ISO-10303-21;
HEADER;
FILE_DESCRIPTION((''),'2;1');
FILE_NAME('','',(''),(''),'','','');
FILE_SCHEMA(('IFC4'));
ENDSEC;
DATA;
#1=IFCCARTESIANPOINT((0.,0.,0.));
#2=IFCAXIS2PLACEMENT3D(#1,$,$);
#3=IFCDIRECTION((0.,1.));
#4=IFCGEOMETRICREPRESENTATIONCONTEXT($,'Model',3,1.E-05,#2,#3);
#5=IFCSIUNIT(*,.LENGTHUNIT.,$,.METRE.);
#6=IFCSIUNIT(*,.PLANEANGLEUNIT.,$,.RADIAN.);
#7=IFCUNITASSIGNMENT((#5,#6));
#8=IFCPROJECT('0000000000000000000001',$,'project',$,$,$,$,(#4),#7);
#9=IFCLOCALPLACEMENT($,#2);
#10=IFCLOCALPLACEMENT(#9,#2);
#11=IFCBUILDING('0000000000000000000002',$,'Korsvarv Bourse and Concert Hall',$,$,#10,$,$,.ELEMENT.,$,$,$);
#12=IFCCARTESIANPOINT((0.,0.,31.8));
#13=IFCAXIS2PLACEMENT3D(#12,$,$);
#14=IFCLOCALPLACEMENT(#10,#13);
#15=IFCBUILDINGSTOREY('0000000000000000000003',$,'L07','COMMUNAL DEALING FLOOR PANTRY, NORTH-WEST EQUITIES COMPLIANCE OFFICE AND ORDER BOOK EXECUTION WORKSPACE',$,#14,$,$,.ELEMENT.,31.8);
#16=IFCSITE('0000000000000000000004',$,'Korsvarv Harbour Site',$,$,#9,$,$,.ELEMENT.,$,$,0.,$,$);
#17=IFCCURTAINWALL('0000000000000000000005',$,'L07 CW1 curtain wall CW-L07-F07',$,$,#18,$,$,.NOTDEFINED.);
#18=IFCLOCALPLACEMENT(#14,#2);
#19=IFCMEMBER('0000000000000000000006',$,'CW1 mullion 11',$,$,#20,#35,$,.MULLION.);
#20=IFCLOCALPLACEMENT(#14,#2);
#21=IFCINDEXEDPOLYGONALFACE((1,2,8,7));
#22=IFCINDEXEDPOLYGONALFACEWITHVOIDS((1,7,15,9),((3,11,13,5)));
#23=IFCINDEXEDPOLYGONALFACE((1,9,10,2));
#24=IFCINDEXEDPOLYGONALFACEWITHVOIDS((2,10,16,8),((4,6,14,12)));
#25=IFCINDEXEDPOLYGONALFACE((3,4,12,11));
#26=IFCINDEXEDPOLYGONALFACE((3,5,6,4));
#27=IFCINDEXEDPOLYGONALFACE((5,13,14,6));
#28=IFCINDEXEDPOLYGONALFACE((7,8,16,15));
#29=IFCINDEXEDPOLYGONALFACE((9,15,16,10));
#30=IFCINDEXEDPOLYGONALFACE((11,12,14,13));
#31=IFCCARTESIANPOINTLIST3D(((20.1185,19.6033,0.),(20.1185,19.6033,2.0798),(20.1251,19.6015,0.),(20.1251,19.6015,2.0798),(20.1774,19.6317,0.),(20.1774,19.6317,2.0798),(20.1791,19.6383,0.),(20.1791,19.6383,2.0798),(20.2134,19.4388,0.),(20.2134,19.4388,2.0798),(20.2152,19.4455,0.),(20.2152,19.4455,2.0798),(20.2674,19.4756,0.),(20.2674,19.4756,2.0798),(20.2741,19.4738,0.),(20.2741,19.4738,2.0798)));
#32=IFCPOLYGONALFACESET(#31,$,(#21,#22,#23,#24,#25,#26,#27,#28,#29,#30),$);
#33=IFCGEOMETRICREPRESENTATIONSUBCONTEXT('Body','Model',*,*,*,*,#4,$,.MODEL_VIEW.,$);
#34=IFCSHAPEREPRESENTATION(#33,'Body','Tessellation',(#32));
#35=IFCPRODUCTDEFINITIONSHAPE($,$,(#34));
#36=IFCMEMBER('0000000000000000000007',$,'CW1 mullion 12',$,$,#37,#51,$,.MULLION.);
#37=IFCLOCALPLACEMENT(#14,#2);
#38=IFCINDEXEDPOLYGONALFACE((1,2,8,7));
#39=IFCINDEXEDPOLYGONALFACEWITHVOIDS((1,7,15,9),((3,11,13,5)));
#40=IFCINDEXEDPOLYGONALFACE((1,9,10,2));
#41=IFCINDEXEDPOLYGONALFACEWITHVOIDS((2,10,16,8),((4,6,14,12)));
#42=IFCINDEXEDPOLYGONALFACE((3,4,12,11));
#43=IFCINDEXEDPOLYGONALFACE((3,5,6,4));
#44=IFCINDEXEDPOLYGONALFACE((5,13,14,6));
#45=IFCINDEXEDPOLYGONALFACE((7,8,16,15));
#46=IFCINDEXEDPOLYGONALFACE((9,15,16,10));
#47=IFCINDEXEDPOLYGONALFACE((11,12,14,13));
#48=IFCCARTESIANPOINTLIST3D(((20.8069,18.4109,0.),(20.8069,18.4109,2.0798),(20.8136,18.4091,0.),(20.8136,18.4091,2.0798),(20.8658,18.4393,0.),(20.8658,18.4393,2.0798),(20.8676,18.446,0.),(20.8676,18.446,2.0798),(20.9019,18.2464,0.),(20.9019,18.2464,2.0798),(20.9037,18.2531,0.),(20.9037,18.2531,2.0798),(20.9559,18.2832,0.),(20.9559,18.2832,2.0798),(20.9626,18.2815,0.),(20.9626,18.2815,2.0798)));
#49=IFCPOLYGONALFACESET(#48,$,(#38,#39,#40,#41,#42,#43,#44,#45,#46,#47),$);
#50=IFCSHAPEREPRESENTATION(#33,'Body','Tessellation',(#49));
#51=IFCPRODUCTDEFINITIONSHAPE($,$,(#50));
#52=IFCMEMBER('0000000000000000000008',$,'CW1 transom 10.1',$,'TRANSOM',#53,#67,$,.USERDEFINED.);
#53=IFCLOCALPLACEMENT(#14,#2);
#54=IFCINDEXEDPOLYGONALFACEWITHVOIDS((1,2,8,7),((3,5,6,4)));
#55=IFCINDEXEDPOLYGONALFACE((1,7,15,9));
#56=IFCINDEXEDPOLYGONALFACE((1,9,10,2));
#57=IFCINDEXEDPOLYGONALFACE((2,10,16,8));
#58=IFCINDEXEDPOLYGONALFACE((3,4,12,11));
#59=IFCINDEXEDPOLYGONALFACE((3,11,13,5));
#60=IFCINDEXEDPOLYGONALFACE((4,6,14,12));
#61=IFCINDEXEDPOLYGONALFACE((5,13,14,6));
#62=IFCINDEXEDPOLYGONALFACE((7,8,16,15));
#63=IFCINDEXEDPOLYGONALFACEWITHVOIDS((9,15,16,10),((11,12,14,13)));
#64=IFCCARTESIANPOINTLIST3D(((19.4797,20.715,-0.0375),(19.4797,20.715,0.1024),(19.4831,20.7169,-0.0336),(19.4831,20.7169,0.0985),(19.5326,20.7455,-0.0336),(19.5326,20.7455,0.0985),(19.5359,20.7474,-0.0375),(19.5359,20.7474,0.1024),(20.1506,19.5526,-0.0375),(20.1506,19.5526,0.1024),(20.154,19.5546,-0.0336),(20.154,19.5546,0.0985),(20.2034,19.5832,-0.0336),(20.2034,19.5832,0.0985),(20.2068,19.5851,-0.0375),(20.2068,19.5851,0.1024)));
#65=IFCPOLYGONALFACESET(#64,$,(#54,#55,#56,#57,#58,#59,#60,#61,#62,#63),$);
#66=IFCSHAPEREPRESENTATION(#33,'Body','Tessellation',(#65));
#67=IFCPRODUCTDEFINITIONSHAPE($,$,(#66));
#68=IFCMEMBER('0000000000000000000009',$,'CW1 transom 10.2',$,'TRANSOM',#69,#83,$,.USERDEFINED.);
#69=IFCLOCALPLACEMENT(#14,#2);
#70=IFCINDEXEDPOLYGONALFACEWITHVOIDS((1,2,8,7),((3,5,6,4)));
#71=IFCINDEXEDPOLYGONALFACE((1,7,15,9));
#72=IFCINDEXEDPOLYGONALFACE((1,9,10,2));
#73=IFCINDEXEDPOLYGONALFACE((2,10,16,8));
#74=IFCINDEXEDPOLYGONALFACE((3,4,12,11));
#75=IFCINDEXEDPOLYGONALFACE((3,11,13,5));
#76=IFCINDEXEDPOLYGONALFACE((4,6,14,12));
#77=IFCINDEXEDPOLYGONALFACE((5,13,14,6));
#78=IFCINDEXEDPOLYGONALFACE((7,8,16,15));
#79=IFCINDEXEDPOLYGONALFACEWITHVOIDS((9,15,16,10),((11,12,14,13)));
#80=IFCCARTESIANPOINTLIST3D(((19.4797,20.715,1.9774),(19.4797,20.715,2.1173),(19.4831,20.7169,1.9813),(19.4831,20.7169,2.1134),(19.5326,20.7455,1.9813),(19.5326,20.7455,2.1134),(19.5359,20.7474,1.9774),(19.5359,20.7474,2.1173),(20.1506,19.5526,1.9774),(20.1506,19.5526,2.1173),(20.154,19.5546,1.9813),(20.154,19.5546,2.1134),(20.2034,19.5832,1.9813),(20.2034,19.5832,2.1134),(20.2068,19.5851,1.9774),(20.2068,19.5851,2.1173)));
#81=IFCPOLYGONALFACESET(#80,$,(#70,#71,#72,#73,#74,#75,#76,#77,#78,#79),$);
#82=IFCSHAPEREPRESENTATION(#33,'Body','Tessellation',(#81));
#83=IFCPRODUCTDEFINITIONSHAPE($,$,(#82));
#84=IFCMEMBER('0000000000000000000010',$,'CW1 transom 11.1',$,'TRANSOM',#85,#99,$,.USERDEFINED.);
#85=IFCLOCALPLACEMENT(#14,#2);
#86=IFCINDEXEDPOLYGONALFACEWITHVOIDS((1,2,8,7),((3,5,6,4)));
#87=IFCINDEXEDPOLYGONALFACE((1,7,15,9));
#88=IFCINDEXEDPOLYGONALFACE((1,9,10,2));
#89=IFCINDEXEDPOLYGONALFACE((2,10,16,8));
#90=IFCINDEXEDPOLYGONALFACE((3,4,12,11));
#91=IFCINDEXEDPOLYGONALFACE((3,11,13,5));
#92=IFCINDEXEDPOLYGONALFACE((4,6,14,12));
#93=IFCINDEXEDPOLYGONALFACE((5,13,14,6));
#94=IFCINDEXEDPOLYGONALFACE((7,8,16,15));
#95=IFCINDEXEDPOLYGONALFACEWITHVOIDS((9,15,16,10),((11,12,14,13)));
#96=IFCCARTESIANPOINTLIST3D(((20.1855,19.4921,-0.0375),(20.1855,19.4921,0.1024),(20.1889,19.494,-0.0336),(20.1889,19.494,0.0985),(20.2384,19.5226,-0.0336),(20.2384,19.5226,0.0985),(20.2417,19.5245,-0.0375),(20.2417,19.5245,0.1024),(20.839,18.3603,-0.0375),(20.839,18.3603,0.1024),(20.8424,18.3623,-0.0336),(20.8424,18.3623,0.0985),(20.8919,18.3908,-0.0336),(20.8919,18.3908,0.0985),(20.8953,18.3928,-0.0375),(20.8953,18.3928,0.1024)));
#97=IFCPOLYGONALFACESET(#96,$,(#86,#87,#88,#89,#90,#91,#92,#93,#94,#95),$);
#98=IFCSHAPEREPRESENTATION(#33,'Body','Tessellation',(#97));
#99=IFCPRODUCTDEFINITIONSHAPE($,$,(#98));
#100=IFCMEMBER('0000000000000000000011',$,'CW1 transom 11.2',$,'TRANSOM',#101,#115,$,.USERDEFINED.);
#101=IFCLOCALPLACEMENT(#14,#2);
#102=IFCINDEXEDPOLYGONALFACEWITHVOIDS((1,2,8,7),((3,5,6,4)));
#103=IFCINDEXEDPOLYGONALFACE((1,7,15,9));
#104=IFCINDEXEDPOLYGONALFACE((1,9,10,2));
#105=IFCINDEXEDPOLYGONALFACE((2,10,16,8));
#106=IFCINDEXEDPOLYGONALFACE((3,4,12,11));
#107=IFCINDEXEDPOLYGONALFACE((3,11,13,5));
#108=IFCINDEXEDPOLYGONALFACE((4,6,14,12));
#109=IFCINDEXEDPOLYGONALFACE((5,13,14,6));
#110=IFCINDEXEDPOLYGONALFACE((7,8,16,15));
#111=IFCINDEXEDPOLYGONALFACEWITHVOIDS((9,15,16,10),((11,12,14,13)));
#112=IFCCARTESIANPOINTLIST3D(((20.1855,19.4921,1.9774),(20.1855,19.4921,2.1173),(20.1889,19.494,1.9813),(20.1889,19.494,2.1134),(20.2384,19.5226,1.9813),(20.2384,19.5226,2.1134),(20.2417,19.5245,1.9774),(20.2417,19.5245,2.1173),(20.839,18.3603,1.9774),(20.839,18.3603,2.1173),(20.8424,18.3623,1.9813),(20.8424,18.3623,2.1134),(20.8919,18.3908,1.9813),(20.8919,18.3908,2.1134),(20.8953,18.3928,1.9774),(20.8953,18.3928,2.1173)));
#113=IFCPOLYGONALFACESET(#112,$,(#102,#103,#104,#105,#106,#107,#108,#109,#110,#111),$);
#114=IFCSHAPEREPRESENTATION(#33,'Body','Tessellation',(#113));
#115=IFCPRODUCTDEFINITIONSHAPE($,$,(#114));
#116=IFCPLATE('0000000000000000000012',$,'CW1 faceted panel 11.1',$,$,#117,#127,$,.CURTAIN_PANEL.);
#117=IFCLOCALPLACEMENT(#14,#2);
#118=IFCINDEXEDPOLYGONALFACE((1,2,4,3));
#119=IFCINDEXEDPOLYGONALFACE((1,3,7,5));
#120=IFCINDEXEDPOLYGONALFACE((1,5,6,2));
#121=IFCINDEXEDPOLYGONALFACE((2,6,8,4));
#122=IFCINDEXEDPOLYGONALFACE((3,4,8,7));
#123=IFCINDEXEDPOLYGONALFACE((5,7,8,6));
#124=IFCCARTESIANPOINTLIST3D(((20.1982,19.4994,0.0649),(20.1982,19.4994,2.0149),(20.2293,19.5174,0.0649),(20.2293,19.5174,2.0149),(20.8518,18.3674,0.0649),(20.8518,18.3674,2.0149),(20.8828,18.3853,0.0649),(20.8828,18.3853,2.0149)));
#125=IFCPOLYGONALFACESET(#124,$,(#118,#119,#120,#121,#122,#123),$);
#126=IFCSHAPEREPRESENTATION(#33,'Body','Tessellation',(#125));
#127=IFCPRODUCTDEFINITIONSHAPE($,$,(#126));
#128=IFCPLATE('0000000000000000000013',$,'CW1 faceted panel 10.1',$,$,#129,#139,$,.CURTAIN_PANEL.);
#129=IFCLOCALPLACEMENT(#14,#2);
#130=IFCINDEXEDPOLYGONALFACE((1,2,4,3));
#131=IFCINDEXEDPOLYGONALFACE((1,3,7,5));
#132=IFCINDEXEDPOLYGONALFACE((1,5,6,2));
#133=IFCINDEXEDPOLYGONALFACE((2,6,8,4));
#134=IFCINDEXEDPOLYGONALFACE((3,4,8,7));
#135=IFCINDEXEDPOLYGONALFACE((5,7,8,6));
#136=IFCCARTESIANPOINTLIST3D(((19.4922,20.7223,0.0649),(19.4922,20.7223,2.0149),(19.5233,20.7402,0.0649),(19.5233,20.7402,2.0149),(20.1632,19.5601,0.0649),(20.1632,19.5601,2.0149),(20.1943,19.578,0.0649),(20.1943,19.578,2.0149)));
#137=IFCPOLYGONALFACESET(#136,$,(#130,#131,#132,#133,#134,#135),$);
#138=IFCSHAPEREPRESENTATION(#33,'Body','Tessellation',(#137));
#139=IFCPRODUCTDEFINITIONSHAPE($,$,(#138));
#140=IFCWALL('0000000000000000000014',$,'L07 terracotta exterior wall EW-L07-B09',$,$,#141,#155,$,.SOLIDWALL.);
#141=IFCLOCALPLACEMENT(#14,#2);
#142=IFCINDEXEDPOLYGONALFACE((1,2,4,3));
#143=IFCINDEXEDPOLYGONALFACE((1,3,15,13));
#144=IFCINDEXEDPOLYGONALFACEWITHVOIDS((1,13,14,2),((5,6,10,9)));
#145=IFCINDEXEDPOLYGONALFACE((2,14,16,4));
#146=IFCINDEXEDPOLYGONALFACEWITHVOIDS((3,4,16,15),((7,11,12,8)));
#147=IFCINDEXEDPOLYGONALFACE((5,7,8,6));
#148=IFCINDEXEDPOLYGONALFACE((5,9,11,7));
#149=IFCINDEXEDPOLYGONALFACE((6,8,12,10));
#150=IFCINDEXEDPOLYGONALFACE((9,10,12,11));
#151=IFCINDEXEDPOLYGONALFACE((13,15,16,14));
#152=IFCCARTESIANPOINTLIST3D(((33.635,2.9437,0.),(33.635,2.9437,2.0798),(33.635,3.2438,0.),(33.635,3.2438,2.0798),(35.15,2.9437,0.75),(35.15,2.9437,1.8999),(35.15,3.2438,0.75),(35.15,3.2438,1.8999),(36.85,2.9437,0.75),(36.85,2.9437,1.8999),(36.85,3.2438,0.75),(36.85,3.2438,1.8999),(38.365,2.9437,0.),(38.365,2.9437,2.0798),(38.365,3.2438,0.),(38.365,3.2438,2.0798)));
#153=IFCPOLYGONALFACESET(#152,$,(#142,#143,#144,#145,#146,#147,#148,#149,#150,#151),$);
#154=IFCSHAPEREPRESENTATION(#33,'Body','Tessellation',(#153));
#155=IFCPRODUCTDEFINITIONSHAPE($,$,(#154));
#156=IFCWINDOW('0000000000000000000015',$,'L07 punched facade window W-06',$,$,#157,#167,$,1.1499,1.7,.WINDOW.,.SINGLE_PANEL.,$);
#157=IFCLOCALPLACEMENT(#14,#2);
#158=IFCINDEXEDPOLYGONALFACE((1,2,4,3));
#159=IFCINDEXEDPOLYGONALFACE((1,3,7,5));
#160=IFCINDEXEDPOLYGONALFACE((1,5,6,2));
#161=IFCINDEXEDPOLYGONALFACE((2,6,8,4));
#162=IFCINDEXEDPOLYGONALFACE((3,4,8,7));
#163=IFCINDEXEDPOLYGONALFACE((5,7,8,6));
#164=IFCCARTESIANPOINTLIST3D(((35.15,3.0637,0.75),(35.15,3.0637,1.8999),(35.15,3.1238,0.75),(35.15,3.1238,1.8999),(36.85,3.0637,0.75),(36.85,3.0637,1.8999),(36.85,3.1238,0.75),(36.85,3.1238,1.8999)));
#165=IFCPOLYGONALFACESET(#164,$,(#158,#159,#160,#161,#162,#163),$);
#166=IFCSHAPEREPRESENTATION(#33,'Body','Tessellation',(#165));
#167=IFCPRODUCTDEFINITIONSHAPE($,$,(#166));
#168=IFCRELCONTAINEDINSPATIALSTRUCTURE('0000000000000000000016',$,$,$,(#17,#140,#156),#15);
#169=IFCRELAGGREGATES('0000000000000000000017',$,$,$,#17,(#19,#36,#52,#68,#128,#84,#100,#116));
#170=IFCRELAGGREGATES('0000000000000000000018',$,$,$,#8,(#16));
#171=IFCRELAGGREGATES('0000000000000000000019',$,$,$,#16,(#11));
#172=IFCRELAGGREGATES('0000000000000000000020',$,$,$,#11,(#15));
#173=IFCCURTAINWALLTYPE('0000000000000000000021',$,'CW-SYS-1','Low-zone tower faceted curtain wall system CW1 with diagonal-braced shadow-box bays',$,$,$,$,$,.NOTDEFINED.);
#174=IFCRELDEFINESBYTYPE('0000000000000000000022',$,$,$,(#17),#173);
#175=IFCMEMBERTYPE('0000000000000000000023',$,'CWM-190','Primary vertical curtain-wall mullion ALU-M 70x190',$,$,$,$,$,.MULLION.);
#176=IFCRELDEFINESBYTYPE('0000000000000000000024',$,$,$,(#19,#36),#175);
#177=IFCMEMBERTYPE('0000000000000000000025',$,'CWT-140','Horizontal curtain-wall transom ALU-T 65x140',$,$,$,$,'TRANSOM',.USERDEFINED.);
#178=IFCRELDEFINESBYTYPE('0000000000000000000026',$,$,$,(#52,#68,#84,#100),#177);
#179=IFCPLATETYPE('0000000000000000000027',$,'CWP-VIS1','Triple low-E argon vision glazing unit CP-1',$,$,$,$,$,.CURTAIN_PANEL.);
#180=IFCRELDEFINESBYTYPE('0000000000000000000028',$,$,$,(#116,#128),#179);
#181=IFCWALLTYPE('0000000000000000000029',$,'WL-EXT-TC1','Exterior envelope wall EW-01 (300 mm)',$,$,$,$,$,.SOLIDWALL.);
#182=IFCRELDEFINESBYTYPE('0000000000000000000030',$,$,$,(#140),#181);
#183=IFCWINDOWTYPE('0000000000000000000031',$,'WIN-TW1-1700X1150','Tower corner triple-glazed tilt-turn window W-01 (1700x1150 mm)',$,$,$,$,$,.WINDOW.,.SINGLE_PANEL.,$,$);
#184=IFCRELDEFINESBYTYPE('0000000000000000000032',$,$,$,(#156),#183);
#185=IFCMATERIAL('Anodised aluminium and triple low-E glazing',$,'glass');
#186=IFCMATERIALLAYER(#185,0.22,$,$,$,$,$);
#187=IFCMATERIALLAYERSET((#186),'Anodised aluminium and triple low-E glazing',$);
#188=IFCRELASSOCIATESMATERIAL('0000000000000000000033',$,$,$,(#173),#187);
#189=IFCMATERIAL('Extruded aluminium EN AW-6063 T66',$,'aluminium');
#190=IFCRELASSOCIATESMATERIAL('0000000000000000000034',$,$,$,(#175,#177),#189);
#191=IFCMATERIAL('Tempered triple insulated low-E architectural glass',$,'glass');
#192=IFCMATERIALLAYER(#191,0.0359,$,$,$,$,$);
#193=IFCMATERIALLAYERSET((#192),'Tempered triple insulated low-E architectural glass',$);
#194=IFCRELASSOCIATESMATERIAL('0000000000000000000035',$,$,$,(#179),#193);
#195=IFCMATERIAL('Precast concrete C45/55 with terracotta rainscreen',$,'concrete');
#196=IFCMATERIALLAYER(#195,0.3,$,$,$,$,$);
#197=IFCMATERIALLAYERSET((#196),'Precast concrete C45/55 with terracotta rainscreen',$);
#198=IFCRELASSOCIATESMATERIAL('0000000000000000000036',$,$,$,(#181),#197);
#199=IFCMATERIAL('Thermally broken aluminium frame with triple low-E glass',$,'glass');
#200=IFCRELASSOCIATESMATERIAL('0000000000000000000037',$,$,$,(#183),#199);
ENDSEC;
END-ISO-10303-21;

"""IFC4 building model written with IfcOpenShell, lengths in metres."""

from ifc_helpers import new_model, si_unit, direction, frame, frame_2d, origin, origin_2d, place, context, subcontext, project, spatial, rectangle, hollow_rectangle, extrude, source, transform, mapped, material, layer, layer_set, material_profile, profile_set, type_object, element, fill, aggregate, save


model = new_model("IFC4")

# Units and contexts
model_context = context("Model", 3, precision=1e-05, world=origin(), true_north=direction((0.0, 1.0)))
body_context = subcontext(model_context, "Body", "Model", "MODEL_VIEW")
ifc_project = project(units=[si_unit("LENGTHUNIT", "METRE"), si_unit("PLANEANGLEUNIT", "RADIAN")], contexts=[model_context])

# Site, building, storey
site_placement = place(None, origin())
site = spatial("IfcSite", under=ifc_project, at=site_placement, Name="Korsvarv Harbour Site", CompositionType="ELEMENT", RefElevation=0.0)
building_placement = place(site_placement, origin())
building = spatial("IfcBuilding", under=site, at=building_placement, Name="Korsvarv Bourse and Concert Hall", CompositionType="ELEMENT")
storey_placement = place(building_placement, frame((0.0, 0.0, 31.8)))
storey = spatial("IfcBuildingStorey", under=building, at=storey_placement, Name="L07", Description="COMMUNAL DEALING FLOOR PANTRY, NORTH-WEST EQUITIES COMPLIANCE OFFICE AND ORDER BOOK EXECUTION WORKSPACE", CompositionType="ELEMENT", Elevation=31.8)

# Curtain wall, members, plates
ifc_material_1 = material(Name="Anodised aluminium and triple low-E glazing", Category="glass")
ifc_layer_1 = layer(ifc_material_1, 0.22)
ifc_layer_set_1 = layer_set([ifc_layer_1], Name="Anodised aluminium and triple low-E glazing")
curtain_wall_type = type_object("IfcCurtainWallType", Name="CW-SYS-1", Description="Low-zone tower faceted curtain wall system CW1 with diagonal-braced shadow-box bays", PredefinedType="NOTDEFINED", material=ifc_layer_set_1)
curtain_wall_placement = place(storey_placement, origin())
curtain_wall = element("IfcCurtainWall", 1, at=curtain_wall_placement, inside=storey, type_object=curtain_wall_type, Name="L07 CW1 curtain wall CW-L07-F07", PredefinedType="NOTDEFINED")
ifc_material_2 = material(Name="Extruded aluminium EN AW-6063 T66", Category="aluminium")
ifc_material_profile_1 = material_profile(ifc_material_2, hollow_rectangle(XDim=0.0701, YDim=0.1899, WallThickness=0.0049, at=origin_2d()), Name="ALU-M 70x190")
ifc_profile_set_1 = profile_set([ifc_material_profile_1], Name="Extruded aluminium EN AW-6063 T66")
member_type_1 = type_object("IfcMemberType", Name="CWM-190", Description="Primary vertical curtain-wall mullion ALU-M 70x190", PredefinedType="MULLION", material=ifc_profile_set_1)
shared_shape_1 = source(origin(), body_context, "Body", "SweptSolid", [
    extrude(hollow_rectangle(XDim=0.0701, YDim=0.1899, WallThickness=0.0049, at=origin_2d()), origin(), (0.0, 0.0, 1.0), 2.0798),
])
member_1_placement = place(storey_placement, frame((20.1963, 19.5386, 0.0), z_axis=(0.0, 0.0, 1.0), x_axis=(0.866029, 0.499995, 0.0)))
member_1 = element("IfcMember", 2, at=member_1_placement, type_object=member_type_1, Name="CW1 mullion 11", PredefinedType="MULLION", context=body_context, shape_type="MappedRepresentation", body=[
    mapped(shared_shape_1, transform((0.0, 0.0, 0.0), scale=1.0)),
])
member_2_placement = place(storey_placement, frame((20.8848, 18.3462, 0.0), z_axis=(0.0, 0.0, 1.0), x_axis=(0.866029, 0.499995, 0.0)))
member_2 = element("IfcMember", 3, at=member_2_placement, type_object=member_type_1, Name="CW1 mullion 12", PredefinedType="MULLION", context=body_context, shape_type="MappedRepresentation", body=[
    mapped(shared_shape_1, transform((0.0, 0.0, 0.0), scale=1.0)),
])
ifc_material_profile_2 = material_profile(ifc_material_2, hollow_rectangle(XDim=0.0649, YDim=0.1399, WallThickness=0.0039, at=origin_2d()), Name="ALU-T 65x140")
ifc_profile_set_2 = profile_set([ifc_material_profile_2], Name="Extruded aluminium EN AW-6063 T66")
member_type_2 = type_object("IfcMemberType", Name="CWT-140", Description="Horizontal curtain-wall transom ALU-T 65x140", ElementType="TRANSOM", PredefinedType="USERDEFINED", material=ifc_profile_set_2)
shared_shape_2 = source(origin(), body_context, "Body", "SweptSolid", [
    extrude(hollow_rectangle(XDim=0.0649, YDim=0.1399, WallThickness=0.0039, at=origin_2d()), origin(), (0.0, 0.0, 1.0), 1.342),
])
member_3_placement = place(storey_placement, frame((19.5078, 20.7312, 0.0325), z_axis=(0.499896, -0.866086, 0.0), x_axis=(0.866086, 0.499896, 0.0)))
member_3 = element("IfcMember", 4, at=member_3_placement, type_object=member_type_2, Name="CW1 transom 10.1", ObjectType="TRANSOM", PredefinedType="USERDEFINED", context=body_context, shape_type="MappedRepresentation", body=[
    mapped(shared_shape_2, transform((0.0, 0.0, 0.0), scale=1.0)),
])
member_4_placement = place(storey_placement, frame((19.5078, 20.7312, 2.0474), z_axis=(0.499896, -0.866086, 0.0), x_axis=(0.866086, 0.499896, 0.0)))
member_4 = element("IfcMember", 5, at=member_4_placement, type_object=member_type_2, Name="CW1 transom 10.2", ObjectType="TRANSOM", PredefinedType="USERDEFINED", context=body_context, shape_type="MappedRepresentation", body=[
    mapped(shared_shape_2, transform((0.0, 0.0, 0.0), scale=1.0)),
])
shared_shape_3 = source(origin(), body_context, "Body", "SweptSolid", [
    extrude(hollow_rectangle(XDim=0.0649, YDim=0.1399, WallThickness=0.0039, at=origin_2d()), origin(), (0.0, 0.0, 1.0), 1.3069),
])
member_5_placement = place(storey_placement, frame((20.2136, 19.5083, 0.0325), z_axis=(0.500057, -0.865993, 0.0), x_axis=(0.865993, 0.500057, 0.0)))
member_5 = element("IfcMember", 6, at=member_5_placement, type_object=member_type_2, Name="CW1 transom 11.1", ObjectType="TRANSOM", PredefinedType="USERDEFINED", context=body_context, shape_type="MappedRepresentation", body=[
    mapped(shared_shape_3, transform((0.0, 0.0, 0.0), scale=1.0)),
])
member_6_placement = place(storey_placement, frame((20.2136, 19.5083, 2.0474), z_axis=(0.500057, -0.865993, 0.0), x_axis=(0.865993, 0.500057, 0.0)))
member_6 = element("IfcMember", 7, at=member_6_placement, type_object=member_type_2, Name="CW1 transom 11.2", ObjectType="TRANSOM", PredefinedType="USERDEFINED", context=body_context, shape_type="MappedRepresentation", body=[
    mapped(shared_shape_3, transform((0.0, 0.0, 0.0), scale=1.0)),
])
ifc_material_3 = material(Name="Tempered triple insulated low-E architectural glass", Category="glass")
ifc_layer_2 = layer(ifc_material_3, 0.0359)
ifc_layer_set_2 = layer_set([ifc_layer_2], Name="Tempered triple insulated low-E architectural glass")
plate_type = type_object("IfcPlateType", Name="CWP-VIS1", Description="Triple low-E argon vision glazing unit CP-1", PredefinedType="CURTAIN_PANEL", material=ifc_layer_set_2)
shared_shape_4 = source(origin(), body_context, "Body", "SweptSolid", [
    extrude(rectangle(XDim=1.3071, YDim=0.0359, at=origin_2d()), origin(), (0.0, 0.0, 1.0), 1.95),
])
plate_1_placement = place(storey_placement, frame((20.5405, 18.9424, 0.0649), z_axis=(0.0, 0.0, 1.0), x_axis=(0.499995, -0.866029, 0.0)))
plate_1 = element("IfcPlate", 8, at=plate_1_placement, type_object=plate_type, Name="CW1 faceted panel 11.1", PredefinedType="CURTAIN_PANEL", context=body_context, shape_type="MappedRepresentation", body=[
    mapped(shared_shape_4, transform((0.0, 0.0, 0.0), scale=1.0)),
])
shared_shape_5 = source(origin(), body_context, "Body", "SweptSolid", [
    extrude(rectangle(XDim=1.342, YDim=0.0359, at=origin_2d()), origin(), (0.0, 0.0, 1.0), 1.95),
])
plate_2_placement = place(storey_placement, frame((19.8433, 20.1501, 0.0649), z_axis=(0.0, 0.0, 1.0), x_axis=(0.499995, -0.866029, 0.0)))
plate_2 = element("IfcPlate", 9, at=plate_2_placement, type_object=plate_type, Name="CW1 faceted panel 10.1", PredefinedType="CURTAIN_PANEL", context=body_context, shape_type="MappedRepresentation", body=[
    mapped(shared_shape_5, transform((0.0, 0.0, 0.0), scale=1.0)),
])
aggregate(curtain_wall, [member_1, member_2, member_3, member_4, plate_2, member_5, member_6, plate_1])

# Wall, opening, window
ifc_material_4 = material(Name="Precast concrete C45/55 with terracotta rainscreen", Category="concrete")
ifc_layer_3 = layer(ifc_material_4, 0.3)
ifc_layer_set_3 = layer_set([ifc_layer_3], Name="Precast concrete C45/55 with terracotta rainscreen")
wall_type_1 = type_object("IfcWallType", Name="WL-EXT-TC1", Description="Exterior envelope wall EW-01 (300 mm)", PredefinedType="SOLIDWALL", material=ifc_layer_set_3)
wall_1_placement = place(storey_placement, frame((33.635, 3.0938, 0.0), z_axis=(0.0, 0.0, 1.0), x_axis=(1.0, 0.0, 0.0)))
wall_1 = element("IfcWall", 10, at=wall_1_placement, inside=storey, type_object=wall_type_1, Name="L07 terracotta exterior wall EW-L07-B09", PredefinedType="SOLIDWALL", context=body_context, shape_type="SweptSolid", body=[
    extrude(rectangle(XDim=4.73, YDim=0.3, at=frame_2d((2.365, 0.0))), origin(), (0.0, 0.0, 1.0), 2.0798),
])
opening_placement = place(wall_1_placement, frame((1.5149, 0.0, 0.75)))
opening = element("IfcOpeningElement", 11, at=opening_placement, cuts=wall_1, PredefinedType="OPENING", context=body_context, shape_type="SweptSolid", body=[
    extrude(rectangle(XDim=1.7, YDim=1.1499, at=frame_2d((0.8501, 0.575))), frame((0.0, 0.1602, 0.0), z_axis=(0.0, -1.0, 0.0), x_axis=(1.0, 0.0, 0.0)), (0.0, 0.0, 1.0), 0.3201),
])
ifc_material_5 = material(Name="Thermally broken aluminium frame with triple low-E glass", Category="glass")
window_type = type_object("IfcWindowType", Name="WIN-TW1-1700X1150", Description="Tower corner triple-glazed tilt-turn window W-01 (1700x1150 mm)", PartitioningType="SINGLE_PANEL", PredefinedType="WINDOW", material=ifc_material_5)
window_placement = place(opening_placement, origin())
window = element("IfcWindow", 12, at=window_placement, inside=storey, type_object=window_type, Name="L07 punched facade window W-06", OverallHeight=1.1499, OverallWidth=1.7, PartitioningType="SINGLE_PANEL", PredefinedType="WINDOW", context=body_context, shape_type="SweptSolid", body=[
    extrude(rectangle(XDim=1.7, YDim=1.1499, at=frame_2d((0.8501, 0.575))), frame((0.0, 0.03, 0.0), z_axis=(0.0, -1.0, 0.0), x_axis=(1.0, 0.0, 0.0)), (0.0, 0.0, 1.0), 0.0601),
])
fill(opening, window)

save(model, "model.ifc")
